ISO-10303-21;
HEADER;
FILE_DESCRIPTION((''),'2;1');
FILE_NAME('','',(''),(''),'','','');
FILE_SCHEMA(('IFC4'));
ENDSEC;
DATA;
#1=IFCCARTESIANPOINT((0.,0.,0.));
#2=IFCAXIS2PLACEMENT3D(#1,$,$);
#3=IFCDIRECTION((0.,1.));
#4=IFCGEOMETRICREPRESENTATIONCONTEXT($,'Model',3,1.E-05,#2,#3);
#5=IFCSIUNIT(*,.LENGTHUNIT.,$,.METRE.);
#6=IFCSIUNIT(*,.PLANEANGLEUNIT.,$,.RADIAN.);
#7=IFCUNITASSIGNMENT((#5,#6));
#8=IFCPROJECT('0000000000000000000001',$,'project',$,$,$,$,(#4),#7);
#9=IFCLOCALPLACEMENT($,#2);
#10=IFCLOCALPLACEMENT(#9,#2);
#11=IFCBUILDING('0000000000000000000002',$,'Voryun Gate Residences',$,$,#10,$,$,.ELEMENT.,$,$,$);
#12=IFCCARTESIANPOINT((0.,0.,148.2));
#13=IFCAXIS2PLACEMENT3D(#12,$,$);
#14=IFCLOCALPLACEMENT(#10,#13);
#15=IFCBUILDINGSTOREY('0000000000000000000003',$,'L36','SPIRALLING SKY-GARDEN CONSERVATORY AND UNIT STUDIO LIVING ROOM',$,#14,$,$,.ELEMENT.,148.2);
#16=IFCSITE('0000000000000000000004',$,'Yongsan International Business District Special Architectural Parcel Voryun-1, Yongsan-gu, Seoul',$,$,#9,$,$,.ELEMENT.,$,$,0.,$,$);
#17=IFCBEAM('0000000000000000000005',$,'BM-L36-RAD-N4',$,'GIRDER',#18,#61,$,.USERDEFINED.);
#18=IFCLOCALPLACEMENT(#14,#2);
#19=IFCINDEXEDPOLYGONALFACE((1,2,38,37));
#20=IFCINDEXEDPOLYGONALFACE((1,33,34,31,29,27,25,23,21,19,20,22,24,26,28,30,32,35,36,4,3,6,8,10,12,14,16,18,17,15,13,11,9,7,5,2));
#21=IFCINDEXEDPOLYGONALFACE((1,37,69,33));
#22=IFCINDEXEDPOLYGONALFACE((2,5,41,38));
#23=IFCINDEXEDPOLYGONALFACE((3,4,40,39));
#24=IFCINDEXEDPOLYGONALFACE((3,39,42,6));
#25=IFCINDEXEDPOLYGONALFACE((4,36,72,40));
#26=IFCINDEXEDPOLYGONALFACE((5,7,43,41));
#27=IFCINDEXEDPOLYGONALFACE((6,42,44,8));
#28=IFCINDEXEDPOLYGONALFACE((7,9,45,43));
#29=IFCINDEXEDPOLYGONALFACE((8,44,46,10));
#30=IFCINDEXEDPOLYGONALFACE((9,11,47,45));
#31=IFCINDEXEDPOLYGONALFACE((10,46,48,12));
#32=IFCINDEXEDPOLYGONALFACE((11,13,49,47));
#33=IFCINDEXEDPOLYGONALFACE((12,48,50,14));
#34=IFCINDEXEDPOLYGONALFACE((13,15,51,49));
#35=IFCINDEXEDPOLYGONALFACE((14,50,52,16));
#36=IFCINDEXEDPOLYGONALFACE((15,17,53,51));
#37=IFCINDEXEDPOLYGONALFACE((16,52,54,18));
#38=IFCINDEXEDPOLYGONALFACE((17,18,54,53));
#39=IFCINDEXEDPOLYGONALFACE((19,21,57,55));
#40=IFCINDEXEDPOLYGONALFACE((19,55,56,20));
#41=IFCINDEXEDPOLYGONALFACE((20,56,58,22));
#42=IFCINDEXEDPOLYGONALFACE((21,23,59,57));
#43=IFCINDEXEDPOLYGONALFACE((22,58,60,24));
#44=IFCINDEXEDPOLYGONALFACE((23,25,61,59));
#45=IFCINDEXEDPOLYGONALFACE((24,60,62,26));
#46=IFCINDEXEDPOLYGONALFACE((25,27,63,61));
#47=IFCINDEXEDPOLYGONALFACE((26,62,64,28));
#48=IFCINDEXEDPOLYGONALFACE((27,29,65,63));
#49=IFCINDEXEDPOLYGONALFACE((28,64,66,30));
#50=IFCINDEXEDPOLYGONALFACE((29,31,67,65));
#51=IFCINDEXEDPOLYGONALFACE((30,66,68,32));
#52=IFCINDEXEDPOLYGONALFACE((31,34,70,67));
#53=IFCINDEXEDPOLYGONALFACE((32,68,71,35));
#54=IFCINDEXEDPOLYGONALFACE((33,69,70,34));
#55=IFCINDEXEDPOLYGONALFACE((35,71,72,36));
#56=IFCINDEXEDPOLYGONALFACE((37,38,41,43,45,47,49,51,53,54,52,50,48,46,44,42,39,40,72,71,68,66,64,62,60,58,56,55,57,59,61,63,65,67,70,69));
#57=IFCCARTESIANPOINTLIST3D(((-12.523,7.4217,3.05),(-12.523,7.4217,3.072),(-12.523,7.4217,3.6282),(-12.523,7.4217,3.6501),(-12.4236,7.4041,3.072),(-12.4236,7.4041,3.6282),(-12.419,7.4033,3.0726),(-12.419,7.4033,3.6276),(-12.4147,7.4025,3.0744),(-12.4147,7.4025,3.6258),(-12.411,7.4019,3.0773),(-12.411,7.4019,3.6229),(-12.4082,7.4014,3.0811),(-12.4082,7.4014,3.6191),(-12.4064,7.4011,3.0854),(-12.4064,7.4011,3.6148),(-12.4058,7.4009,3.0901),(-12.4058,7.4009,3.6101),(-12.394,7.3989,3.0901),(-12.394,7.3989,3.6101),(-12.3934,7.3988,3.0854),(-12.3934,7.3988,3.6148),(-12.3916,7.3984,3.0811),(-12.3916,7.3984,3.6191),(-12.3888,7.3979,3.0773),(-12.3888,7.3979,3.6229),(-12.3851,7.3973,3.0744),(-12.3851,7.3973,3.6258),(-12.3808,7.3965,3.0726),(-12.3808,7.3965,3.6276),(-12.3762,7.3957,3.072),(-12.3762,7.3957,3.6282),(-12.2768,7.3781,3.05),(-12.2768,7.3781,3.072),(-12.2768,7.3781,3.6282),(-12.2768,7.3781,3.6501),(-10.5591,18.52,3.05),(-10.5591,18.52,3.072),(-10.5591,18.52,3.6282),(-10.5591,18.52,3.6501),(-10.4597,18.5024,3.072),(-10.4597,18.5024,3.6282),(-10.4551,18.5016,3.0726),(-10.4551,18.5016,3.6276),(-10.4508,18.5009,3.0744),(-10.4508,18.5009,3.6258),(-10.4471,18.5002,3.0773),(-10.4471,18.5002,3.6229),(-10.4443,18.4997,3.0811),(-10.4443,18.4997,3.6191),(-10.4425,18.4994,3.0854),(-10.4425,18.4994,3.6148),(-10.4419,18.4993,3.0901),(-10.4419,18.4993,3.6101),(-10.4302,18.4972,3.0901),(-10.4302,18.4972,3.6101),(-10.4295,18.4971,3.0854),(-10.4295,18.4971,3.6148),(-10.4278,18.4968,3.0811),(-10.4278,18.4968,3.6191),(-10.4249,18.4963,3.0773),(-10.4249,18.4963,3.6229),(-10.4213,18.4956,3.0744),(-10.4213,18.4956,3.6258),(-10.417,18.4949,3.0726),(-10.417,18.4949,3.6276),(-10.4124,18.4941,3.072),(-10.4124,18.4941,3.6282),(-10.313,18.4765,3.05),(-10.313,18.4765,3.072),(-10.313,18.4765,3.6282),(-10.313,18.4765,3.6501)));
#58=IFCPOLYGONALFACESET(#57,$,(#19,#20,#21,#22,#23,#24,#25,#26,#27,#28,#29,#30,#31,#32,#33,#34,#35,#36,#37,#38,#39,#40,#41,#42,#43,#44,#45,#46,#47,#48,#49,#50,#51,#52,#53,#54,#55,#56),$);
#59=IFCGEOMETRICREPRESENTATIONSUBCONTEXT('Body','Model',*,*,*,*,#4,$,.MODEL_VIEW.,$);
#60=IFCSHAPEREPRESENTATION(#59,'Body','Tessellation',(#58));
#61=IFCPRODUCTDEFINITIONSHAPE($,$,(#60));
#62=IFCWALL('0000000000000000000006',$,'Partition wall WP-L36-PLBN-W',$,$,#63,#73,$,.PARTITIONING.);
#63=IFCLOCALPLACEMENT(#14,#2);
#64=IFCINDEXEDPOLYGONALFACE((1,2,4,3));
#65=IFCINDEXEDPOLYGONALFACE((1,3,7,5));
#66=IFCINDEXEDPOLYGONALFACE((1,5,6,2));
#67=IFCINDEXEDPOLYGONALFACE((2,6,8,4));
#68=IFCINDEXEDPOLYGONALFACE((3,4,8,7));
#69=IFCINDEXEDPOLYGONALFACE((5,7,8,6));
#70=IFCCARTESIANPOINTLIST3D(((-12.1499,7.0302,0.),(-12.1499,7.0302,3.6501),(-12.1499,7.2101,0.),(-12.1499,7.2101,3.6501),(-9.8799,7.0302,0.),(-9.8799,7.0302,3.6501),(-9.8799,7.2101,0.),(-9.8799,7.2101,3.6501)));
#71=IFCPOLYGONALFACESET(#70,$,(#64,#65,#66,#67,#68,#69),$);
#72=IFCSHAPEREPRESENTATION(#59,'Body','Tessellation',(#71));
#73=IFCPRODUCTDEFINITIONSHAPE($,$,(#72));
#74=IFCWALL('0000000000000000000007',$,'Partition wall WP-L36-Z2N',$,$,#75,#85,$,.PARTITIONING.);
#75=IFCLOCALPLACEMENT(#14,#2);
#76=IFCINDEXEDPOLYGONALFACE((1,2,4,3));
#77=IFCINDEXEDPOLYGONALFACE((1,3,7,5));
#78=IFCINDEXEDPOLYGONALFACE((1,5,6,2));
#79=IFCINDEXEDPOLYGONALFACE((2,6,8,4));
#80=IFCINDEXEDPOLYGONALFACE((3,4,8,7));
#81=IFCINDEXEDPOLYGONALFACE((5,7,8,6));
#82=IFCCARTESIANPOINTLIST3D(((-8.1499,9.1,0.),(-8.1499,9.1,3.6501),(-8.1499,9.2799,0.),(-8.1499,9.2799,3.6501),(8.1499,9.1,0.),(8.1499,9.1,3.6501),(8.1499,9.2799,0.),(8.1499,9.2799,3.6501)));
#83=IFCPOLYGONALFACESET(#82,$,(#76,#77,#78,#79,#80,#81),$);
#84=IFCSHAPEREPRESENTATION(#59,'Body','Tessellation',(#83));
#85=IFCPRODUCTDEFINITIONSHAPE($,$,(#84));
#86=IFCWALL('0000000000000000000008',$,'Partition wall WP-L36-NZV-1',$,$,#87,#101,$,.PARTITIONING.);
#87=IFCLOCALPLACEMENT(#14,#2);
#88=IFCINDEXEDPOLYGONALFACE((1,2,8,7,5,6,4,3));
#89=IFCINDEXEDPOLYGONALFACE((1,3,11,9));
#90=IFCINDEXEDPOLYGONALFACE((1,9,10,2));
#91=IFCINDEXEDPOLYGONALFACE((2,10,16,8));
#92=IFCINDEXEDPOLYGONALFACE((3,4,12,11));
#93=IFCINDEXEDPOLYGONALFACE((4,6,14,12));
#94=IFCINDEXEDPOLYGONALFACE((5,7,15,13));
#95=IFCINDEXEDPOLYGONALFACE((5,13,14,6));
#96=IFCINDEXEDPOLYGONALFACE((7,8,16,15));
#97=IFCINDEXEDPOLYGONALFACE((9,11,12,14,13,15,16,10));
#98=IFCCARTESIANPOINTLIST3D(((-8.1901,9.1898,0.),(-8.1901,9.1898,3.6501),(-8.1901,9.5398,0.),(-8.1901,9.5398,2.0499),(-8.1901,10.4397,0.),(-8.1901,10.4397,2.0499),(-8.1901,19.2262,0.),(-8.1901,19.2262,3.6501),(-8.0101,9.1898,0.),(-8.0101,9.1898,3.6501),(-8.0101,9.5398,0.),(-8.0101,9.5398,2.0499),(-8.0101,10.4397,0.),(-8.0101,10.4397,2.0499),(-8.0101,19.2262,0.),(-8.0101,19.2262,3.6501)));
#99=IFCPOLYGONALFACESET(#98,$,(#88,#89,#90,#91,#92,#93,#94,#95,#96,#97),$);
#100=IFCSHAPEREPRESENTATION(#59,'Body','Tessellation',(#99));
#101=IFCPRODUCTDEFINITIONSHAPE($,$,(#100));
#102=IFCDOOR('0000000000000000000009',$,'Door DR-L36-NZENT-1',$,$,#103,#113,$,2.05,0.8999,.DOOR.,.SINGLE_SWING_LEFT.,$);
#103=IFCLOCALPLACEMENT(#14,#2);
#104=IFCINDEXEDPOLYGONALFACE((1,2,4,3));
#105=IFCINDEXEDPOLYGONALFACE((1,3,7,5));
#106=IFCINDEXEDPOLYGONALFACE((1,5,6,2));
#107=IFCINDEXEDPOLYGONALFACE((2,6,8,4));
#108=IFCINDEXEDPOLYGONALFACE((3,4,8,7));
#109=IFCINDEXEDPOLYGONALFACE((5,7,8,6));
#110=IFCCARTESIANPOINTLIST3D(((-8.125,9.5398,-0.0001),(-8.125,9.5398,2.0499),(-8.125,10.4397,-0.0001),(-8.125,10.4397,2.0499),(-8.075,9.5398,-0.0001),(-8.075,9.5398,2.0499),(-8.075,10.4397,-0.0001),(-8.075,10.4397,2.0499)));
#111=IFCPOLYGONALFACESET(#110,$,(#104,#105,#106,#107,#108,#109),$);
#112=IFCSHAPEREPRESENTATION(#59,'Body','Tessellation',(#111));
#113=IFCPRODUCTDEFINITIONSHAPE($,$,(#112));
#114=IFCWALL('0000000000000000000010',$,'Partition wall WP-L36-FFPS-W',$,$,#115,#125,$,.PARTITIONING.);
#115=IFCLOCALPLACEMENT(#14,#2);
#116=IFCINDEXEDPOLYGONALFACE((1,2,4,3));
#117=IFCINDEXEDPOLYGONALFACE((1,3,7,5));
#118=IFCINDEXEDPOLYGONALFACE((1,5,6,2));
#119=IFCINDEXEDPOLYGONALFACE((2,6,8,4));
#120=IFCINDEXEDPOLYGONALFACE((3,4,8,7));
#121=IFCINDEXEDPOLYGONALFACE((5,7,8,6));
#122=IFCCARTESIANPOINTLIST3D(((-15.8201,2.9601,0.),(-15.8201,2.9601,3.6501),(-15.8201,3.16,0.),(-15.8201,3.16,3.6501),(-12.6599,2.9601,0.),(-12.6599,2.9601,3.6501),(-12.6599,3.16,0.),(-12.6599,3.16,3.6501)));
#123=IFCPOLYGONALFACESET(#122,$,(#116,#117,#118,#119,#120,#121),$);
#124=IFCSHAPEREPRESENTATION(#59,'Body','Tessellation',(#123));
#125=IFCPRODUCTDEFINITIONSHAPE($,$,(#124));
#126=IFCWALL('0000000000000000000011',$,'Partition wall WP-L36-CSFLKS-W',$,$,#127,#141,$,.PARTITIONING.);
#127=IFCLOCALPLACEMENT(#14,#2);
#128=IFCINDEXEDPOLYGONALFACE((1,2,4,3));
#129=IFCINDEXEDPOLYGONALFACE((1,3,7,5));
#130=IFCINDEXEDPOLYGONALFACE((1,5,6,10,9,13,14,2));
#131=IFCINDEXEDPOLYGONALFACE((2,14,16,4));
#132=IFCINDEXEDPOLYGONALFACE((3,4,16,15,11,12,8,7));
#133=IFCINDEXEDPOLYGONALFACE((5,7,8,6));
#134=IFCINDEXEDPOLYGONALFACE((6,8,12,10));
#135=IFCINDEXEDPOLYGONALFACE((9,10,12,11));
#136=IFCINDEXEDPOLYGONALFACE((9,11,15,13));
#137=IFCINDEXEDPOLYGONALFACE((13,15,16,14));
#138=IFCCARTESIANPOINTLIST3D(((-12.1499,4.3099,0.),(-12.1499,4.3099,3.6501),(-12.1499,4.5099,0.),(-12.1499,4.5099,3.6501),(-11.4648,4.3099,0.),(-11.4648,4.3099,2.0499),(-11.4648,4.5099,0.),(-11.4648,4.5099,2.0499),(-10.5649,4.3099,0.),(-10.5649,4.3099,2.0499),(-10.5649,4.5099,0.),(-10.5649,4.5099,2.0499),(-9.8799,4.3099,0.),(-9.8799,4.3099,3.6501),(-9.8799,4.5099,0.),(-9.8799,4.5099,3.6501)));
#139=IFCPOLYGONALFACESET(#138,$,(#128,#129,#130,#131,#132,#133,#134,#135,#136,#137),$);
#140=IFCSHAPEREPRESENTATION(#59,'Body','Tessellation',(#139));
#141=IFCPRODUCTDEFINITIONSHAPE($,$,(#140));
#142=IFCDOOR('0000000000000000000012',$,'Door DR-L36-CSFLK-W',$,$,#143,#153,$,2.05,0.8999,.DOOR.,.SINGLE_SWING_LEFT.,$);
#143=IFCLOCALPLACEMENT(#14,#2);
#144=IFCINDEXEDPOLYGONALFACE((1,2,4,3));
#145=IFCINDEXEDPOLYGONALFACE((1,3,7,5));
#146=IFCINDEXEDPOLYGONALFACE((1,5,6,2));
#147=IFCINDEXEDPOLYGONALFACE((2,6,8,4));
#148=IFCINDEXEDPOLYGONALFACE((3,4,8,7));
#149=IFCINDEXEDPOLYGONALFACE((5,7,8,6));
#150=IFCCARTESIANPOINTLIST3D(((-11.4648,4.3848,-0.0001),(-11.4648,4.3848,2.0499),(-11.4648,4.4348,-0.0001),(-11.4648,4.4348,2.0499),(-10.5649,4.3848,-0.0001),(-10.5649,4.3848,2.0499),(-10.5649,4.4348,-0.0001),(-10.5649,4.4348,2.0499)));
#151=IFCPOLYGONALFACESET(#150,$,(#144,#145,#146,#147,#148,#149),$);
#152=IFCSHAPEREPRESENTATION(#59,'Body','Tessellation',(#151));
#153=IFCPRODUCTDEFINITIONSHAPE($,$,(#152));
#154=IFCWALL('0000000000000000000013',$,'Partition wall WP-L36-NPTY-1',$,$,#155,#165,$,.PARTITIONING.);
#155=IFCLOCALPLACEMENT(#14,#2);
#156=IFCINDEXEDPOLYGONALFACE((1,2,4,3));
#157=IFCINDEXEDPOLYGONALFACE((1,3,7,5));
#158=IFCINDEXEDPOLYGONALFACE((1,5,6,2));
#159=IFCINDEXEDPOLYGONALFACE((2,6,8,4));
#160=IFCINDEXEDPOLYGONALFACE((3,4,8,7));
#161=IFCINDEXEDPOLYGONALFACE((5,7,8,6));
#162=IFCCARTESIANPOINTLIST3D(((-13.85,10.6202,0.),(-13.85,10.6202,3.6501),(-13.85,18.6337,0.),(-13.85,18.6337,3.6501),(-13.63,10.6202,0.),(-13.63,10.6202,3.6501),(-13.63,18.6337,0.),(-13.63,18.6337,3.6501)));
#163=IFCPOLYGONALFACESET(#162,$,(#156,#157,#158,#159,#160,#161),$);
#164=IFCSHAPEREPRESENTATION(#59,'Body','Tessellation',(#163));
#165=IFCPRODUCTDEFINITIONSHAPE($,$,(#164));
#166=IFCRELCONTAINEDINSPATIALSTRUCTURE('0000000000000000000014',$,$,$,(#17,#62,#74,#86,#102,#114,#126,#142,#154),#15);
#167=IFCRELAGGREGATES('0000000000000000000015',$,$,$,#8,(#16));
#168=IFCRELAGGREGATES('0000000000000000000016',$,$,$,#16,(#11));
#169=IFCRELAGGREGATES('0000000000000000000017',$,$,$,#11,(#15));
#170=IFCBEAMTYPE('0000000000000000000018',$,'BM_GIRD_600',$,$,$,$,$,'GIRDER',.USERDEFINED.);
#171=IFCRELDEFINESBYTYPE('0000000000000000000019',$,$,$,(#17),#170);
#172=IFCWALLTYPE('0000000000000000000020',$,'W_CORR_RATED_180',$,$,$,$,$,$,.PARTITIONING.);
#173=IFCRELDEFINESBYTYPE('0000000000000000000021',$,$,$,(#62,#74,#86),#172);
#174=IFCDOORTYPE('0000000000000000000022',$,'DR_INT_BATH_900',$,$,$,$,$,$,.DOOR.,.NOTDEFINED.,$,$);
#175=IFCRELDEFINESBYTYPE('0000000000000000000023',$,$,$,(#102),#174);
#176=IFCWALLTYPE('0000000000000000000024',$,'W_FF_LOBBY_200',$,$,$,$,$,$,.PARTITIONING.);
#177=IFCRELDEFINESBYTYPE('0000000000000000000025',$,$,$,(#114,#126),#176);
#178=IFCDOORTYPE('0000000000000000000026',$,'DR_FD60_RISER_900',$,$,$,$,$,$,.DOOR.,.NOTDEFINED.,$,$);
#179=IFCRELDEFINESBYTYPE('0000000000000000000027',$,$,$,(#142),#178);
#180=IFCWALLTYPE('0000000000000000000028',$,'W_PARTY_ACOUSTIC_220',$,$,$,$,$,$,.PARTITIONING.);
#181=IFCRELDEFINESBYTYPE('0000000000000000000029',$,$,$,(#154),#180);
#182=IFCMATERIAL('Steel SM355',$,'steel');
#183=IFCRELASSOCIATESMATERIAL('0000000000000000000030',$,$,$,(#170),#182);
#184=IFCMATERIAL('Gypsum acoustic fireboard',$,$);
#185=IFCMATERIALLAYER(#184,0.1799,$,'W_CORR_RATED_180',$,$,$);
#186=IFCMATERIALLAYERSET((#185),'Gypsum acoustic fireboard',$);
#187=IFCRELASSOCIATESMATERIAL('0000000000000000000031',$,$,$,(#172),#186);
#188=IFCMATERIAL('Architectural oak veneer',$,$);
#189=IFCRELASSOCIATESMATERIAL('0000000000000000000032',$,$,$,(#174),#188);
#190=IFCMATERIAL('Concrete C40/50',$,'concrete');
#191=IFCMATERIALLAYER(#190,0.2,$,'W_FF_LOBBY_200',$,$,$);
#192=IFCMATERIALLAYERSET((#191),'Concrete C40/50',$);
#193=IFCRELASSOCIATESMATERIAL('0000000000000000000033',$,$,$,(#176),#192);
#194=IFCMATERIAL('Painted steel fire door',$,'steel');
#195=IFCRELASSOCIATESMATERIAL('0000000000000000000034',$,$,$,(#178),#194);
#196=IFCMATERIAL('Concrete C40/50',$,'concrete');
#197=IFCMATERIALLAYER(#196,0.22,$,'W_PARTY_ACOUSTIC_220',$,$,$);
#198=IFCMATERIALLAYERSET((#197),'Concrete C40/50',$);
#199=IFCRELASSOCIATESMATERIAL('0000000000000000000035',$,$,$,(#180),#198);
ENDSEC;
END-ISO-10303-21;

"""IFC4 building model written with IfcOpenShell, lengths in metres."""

from ifc_helpers import new_model, si_unit, direction, frame, frame_2d, origin, origin_2d, place, context, subcontext, project, spatial, rectangle, i_section, extrude, material, layer, layer_set, material_profile, profile_set, type_object, element, fill, save


model = new_model("IFC4")

# Units and contexts
model_context = context("Model", 3, precision=1e-05, world=origin(), true_north=direction((0.0, 1.0)))
body_context = subcontext(model_context, "Body", "Model", "MODEL_VIEW")
ifc_project = project(units=[si_unit("LENGTHUNIT", "METRE"), si_unit("PLANEANGLEUNIT", "RADIAN")], contexts=[model_context])

# Site, building, storey
site_placement = place(None, origin())
site = spatial("IfcSite", under=ifc_project, at=site_placement, Name="Yongsan International Business District Special Architectural Parcel Voryun-1, Yongsan-gu, Seoul", CompositionType="ELEMENT", RefElevation=0.0)
building_placement = place(site_placement, origin())
building = spatial("IfcBuilding", under=site, at=building_placement, Name="Voryun Gate Residences", CompositionType="ELEMENT")
storey_placement = place(building_placement, frame((0.0, 0.0, 148.2)))
storey = spatial("IfcBuildingStorey", under=building, at=storey_placement, Name="L36", Description="SPIRALLING SKY-GARDEN CONSERVATORY AND UNIT STUDIO LIVING ROOM", CompositionType="ELEMENT", Elevation=148.2)

# Beam
ifc_material_1 = material(Name="Steel SM355", Category="steel")
ifc_material_profile_1 = material_profile(ifc_material_1, i_section(OverallWidth=0.25, OverallDepth=0.6001, WebThickness=0.012, FlangeThickness=0.022, FilletRadius=0.0181, at=origin_2d()), Name="H-600x250x12x22")
ifc_profile_set_1 = profile_set([ifc_material_profile_1], Name="Steel SM355")
beam_type_1 = type_object("IfcBeamType", Name="BM_GIRD_600", ElementType="GIRDER", PredefinedType="USERDEFINED", material=ifc_profile_set_1)
beam_1_placement = place(storey_placement, frame((-12.3999, 7.3999, 3.3501), z_axis=(0.174244, 0.984703, 0.0), x_axis=(-0.984703, 0.174244, 0.0)))
element("IfcBeam", 1, at=beam_1_placement, inside=storey, type_object=beam_type_1, Name="BM-L36-RAD-N4", ObjectType="GIRDER", PredefinedType="USERDEFINED", context=body_context, shape_type="SweptSolid", body=[
    extrude(i_section(OverallWidth=0.25, OverallDepth=0.6001, WebThickness=0.012, FlangeThickness=0.022, FilletRadius=0.0181, at=origin_2d()), origin(), (0.0, 0.0, 1.0), 11.2708),
])

# Walls
ifc_material_2 = material(Name="Gypsum acoustic fireboard")
ifc_layer_1 = layer(ifc_material_2, 0.1799, Name="W_CORR_RATED_180")
ifc_layer_set_1 = layer_set([ifc_layer_1], Name="Gypsum acoustic fireboard")
wall_type_1 = type_object("IfcWallType", Name="W_CORR_RATED_180", PredefinedType="PARTITIONING", material=ifc_layer_set_1)
wall_1_placement = place(storey_placement, frame((-12.1499, 7.1201, 0.0), z_axis=(0.0, 0.0, 1.0), x_axis=(1.0, 0.0, 0.0)))
element("IfcWall", 2, at=wall_1_placement, inside=storey, type_object=wall_type_1, Name="Partition wall WP-L36-PLBN-W", PredefinedType="PARTITIONING", context=body_context, shape_type="SweptSolid", body=[
    extrude(rectangle(XDim=2.27, YDim=0.1799, at=frame_2d((1.135, 0.0))), origin(), (0.0, 0.0, 1.0), 3.6501),
])
wall_2_placement = place(storey_placement, frame((-8.1499, 9.1899, 0.0), z_axis=(0.0, 0.0, 1.0), x_axis=(1.0, 0.0, 0.0)))
element("IfcWall", 3, at=wall_2_placement, inside=storey, type_object=wall_type_1, Name="Partition wall WP-L36-Z2N", PredefinedType="PARTITIONING", context=body_context, shape_type="SweptSolid", body=[
    extrude(rectangle(XDim=16.2998, YDim=0.1799, at=frame_2d((8.1499, 0.0))), origin(), (0.0, 0.0, 1.0), 3.6501),
])

# Wall, opening, door
wall_3_placement = place(storey_placement, frame((-8.1001, 9.1899, 0.0), z_axis=(0.0, 0.0, 1.0), x_axis=(0.0, 1.0, 0.0)))
wall_3 = element("IfcWall", 4, at=wall_3_placement, inside=storey, type_object=wall_type_1, Name="Partition wall WP-L36-NZV-1", PredefinedType="PARTITIONING", context=body_context, shape_type="SweptSolid", body=[
    extrude(rectangle(XDim=10.0364, YDim=0.1799, at=frame_2d((5.0181, 0.0))), origin(), (0.0, 0.0, 1.0), 3.6501),
])
opening_1_placement = place(wall_3_placement, frame((0.3499, 0.0, 0.0)))
opening_1 = element("IfcOpeningElement", 5, at=opening_1_placement, cuts=wall_3, PredefinedType="OPENING", context=body_context, shape_type="SweptSolid", body=[
    extrude(rectangle(XDim=0.8999, YDim=2.05, at=frame_2d((0.45, 1.0249))), frame((0.0, 0.0999, 0.0), z_axis=(0.0, -1.0, 0.0), x_axis=(1.0, 0.0, 0.0)), (0.0, 0.0, 1.0), 0.2),
])
ifc_material_3 = material(Name="Architectural oak veneer")
door_type_1 = type_object("IfcDoorType", Name="DR_INT_BATH_900", OperationType="NOTDEFINED", PredefinedType="DOOR", material=ifc_material_3)
door_1_placement = place(opening_1_placement, origin())
door_1 = element("IfcDoor", 6, at=door_1_placement, inside=storey, type_object=door_type_1, Name="Door DR-L36-NZENT-1", OperationType="SINGLE_SWING_LEFT", OverallHeight=2.05, OverallWidth=0.8999, PredefinedType="DOOR", context=body_context, shape_type="SweptSolid", body=[
    extrude(rectangle(XDim=0.8999, YDim=2.05, at=frame_2d((0.45, 1.0249))), frame((0.0, 0.0249, 0.0), z_axis=(0.0, -1.0, 0.0), x_axis=(1.0, 0.0, 0.0)), (0.0, 0.0, 1.0), 0.05),
])
fill(opening_1, door_1)

# Wall
ifc_material_4 = material(Name="Concrete C40/50", Category="concrete")
ifc_layer_2 = layer(ifc_material_4, 0.2, Name="W_FF_LOBBY_200")
ifc_layer_set_2 = layer_set([ifc_layer_2], Name="Concrete C40/50")
wall_type_2 = type_object("IfcWallType", Name="W_FF_LOBBY_200", PredefinedType="PARTITIONING", material=ifc_layer_set_2)
wall_4_placement = place(storey_placement, frame((-15.8201, 3.0601, 0.0), z_axis=(0.0, 0.0, 1.0), x_axis=(1.0, 0.0, 0.0)))
element("IfcWall", 7, at=wall_4_placement, inside=storey, type_object=wall_type_2, Name="Partition wall WP-L36-FFPS-W", PredefinedType="PARTITIONING", context=body_context, shape_type="SweptSolid", body=[
    extrude(rectangle(XDim=3.1602, YDim=0.2, at=frame_2d((1.5801, 0.0))), origin(), (0.0, 0.0, 1.0), 3.6501),
])

# Wall, opening, door
wall_5_placement = place(storey_placement, frame((-12.1499, 4.4099, 0.0), z_axis=(0.0, 0.0, 1.0), x_axis=(1.0, 0.0, 0.0)))
wall_5 = element("IfcWall", 8, at=wall_5_placement, inside=storey, type_object=wall_type_2, Name="Partition wall WP-L36-CSFLKS-W", PredefinedType="PARTITIONING", context=body_context, shape_type="SweptSolid", body=[
    extrude(rectangle(XDim=2.27, YDim=0.2, at=frame_2d((1.135, 0.0))), origin(), (0.0, 0.0, 1.0), 3.6501),
])
opening_2_placement = place(wall_5_placement, frame((0.6851, 0.0, 0.0)))
opening_2 = element("IfcOpeningElement", 9, at=opening_2_placement, cuts=wall_5, PredefinedType="OPENING", context=body_context, shape_type="SweptSolid", body=[
    extrude(rectangle(XDim=0.8999, YDim=2.05, at=frame_2d((0.45, 1.0249))), frame((0.0, 0.1101, 0.0), z_axis=(0.0, -1.0, 0.0), x_axis=(1.0, 0.0, 0.0)), (0.0, 0.0, 1.0), 0.22),
])
ifc_material_5 = material(Name="Painted steel fire door", Category="steel")
door_type_2 = type_object("IfcDoorType", Name="DR_FD60_RISER_900", OperationType="NOTDEFINED", PredefinedType="DOOR", material=ifc_material_5)
door_2_placement = place(opening_2_placement, origin())
door_2 = element("IfcDoor", 10, at=door_2_placement, inside=storey, type_object=door_type_2, Name="Door DR-L36-CSFLK-W", OperationType="SINGLE_SWING_LEFT", OverallHeight=2.05, OverallWidth=0.8999, PredefinedType="DOOR", context=body_context, shape_type="SweptSolid", body=[
    extrude(rectangle(XDim=0.8999, YDim=2.05, at=frame_2d((0.45, 1.0249))), frame((0.0, 0.0249, 0.0), z_axis=(0.0, -1.0, 0.0), x_axis=(1.0, 0.0, 0.0)), (0.0, 0.0, 1.0), 0.05),
])
fill(opening_2, door_2)

# Wall
ifc_material_6 = material(Name="Concrete C40/50", Category="concrete")
ifc_layer_3 = layer(ifc_material_6, 0.22, Name="W_PARTY_ACOUSTIC_220")
ifc_layer_set_3 = layer_set([ifc_layer_3], Name="Concrete C40/50")
wall_type_3 = type_object("IfcWallType", Name="W_PARTY_ACOUSTIC_220", PredefinedType="PARTITIONING", material=ifc_layer_set_3)
wall_6_placement = place(storey_placement, frame((-13.74, 10.6201, 0.0), z_axis=(0.0, 0.0, 1.0), x_axis=(0.0, 1.0, 0.0)))
element("IfcWall", 11, at=wall_6_placement, inside=storey, type_object=wall_type_3, Name="Partition wall WP-L36-NPTY-1", PredefinedType="PARTITIONING", context=body_context, shape_type="SweptSolid", body=[
    extrude(rectangle(XDim=8.0134, YDim=0.22, at=frame_2d((4.0068, 0.0))), origin(), (0.0, 0.0, 1.0), 3.6501),
])

save(model, "model.ifc")
